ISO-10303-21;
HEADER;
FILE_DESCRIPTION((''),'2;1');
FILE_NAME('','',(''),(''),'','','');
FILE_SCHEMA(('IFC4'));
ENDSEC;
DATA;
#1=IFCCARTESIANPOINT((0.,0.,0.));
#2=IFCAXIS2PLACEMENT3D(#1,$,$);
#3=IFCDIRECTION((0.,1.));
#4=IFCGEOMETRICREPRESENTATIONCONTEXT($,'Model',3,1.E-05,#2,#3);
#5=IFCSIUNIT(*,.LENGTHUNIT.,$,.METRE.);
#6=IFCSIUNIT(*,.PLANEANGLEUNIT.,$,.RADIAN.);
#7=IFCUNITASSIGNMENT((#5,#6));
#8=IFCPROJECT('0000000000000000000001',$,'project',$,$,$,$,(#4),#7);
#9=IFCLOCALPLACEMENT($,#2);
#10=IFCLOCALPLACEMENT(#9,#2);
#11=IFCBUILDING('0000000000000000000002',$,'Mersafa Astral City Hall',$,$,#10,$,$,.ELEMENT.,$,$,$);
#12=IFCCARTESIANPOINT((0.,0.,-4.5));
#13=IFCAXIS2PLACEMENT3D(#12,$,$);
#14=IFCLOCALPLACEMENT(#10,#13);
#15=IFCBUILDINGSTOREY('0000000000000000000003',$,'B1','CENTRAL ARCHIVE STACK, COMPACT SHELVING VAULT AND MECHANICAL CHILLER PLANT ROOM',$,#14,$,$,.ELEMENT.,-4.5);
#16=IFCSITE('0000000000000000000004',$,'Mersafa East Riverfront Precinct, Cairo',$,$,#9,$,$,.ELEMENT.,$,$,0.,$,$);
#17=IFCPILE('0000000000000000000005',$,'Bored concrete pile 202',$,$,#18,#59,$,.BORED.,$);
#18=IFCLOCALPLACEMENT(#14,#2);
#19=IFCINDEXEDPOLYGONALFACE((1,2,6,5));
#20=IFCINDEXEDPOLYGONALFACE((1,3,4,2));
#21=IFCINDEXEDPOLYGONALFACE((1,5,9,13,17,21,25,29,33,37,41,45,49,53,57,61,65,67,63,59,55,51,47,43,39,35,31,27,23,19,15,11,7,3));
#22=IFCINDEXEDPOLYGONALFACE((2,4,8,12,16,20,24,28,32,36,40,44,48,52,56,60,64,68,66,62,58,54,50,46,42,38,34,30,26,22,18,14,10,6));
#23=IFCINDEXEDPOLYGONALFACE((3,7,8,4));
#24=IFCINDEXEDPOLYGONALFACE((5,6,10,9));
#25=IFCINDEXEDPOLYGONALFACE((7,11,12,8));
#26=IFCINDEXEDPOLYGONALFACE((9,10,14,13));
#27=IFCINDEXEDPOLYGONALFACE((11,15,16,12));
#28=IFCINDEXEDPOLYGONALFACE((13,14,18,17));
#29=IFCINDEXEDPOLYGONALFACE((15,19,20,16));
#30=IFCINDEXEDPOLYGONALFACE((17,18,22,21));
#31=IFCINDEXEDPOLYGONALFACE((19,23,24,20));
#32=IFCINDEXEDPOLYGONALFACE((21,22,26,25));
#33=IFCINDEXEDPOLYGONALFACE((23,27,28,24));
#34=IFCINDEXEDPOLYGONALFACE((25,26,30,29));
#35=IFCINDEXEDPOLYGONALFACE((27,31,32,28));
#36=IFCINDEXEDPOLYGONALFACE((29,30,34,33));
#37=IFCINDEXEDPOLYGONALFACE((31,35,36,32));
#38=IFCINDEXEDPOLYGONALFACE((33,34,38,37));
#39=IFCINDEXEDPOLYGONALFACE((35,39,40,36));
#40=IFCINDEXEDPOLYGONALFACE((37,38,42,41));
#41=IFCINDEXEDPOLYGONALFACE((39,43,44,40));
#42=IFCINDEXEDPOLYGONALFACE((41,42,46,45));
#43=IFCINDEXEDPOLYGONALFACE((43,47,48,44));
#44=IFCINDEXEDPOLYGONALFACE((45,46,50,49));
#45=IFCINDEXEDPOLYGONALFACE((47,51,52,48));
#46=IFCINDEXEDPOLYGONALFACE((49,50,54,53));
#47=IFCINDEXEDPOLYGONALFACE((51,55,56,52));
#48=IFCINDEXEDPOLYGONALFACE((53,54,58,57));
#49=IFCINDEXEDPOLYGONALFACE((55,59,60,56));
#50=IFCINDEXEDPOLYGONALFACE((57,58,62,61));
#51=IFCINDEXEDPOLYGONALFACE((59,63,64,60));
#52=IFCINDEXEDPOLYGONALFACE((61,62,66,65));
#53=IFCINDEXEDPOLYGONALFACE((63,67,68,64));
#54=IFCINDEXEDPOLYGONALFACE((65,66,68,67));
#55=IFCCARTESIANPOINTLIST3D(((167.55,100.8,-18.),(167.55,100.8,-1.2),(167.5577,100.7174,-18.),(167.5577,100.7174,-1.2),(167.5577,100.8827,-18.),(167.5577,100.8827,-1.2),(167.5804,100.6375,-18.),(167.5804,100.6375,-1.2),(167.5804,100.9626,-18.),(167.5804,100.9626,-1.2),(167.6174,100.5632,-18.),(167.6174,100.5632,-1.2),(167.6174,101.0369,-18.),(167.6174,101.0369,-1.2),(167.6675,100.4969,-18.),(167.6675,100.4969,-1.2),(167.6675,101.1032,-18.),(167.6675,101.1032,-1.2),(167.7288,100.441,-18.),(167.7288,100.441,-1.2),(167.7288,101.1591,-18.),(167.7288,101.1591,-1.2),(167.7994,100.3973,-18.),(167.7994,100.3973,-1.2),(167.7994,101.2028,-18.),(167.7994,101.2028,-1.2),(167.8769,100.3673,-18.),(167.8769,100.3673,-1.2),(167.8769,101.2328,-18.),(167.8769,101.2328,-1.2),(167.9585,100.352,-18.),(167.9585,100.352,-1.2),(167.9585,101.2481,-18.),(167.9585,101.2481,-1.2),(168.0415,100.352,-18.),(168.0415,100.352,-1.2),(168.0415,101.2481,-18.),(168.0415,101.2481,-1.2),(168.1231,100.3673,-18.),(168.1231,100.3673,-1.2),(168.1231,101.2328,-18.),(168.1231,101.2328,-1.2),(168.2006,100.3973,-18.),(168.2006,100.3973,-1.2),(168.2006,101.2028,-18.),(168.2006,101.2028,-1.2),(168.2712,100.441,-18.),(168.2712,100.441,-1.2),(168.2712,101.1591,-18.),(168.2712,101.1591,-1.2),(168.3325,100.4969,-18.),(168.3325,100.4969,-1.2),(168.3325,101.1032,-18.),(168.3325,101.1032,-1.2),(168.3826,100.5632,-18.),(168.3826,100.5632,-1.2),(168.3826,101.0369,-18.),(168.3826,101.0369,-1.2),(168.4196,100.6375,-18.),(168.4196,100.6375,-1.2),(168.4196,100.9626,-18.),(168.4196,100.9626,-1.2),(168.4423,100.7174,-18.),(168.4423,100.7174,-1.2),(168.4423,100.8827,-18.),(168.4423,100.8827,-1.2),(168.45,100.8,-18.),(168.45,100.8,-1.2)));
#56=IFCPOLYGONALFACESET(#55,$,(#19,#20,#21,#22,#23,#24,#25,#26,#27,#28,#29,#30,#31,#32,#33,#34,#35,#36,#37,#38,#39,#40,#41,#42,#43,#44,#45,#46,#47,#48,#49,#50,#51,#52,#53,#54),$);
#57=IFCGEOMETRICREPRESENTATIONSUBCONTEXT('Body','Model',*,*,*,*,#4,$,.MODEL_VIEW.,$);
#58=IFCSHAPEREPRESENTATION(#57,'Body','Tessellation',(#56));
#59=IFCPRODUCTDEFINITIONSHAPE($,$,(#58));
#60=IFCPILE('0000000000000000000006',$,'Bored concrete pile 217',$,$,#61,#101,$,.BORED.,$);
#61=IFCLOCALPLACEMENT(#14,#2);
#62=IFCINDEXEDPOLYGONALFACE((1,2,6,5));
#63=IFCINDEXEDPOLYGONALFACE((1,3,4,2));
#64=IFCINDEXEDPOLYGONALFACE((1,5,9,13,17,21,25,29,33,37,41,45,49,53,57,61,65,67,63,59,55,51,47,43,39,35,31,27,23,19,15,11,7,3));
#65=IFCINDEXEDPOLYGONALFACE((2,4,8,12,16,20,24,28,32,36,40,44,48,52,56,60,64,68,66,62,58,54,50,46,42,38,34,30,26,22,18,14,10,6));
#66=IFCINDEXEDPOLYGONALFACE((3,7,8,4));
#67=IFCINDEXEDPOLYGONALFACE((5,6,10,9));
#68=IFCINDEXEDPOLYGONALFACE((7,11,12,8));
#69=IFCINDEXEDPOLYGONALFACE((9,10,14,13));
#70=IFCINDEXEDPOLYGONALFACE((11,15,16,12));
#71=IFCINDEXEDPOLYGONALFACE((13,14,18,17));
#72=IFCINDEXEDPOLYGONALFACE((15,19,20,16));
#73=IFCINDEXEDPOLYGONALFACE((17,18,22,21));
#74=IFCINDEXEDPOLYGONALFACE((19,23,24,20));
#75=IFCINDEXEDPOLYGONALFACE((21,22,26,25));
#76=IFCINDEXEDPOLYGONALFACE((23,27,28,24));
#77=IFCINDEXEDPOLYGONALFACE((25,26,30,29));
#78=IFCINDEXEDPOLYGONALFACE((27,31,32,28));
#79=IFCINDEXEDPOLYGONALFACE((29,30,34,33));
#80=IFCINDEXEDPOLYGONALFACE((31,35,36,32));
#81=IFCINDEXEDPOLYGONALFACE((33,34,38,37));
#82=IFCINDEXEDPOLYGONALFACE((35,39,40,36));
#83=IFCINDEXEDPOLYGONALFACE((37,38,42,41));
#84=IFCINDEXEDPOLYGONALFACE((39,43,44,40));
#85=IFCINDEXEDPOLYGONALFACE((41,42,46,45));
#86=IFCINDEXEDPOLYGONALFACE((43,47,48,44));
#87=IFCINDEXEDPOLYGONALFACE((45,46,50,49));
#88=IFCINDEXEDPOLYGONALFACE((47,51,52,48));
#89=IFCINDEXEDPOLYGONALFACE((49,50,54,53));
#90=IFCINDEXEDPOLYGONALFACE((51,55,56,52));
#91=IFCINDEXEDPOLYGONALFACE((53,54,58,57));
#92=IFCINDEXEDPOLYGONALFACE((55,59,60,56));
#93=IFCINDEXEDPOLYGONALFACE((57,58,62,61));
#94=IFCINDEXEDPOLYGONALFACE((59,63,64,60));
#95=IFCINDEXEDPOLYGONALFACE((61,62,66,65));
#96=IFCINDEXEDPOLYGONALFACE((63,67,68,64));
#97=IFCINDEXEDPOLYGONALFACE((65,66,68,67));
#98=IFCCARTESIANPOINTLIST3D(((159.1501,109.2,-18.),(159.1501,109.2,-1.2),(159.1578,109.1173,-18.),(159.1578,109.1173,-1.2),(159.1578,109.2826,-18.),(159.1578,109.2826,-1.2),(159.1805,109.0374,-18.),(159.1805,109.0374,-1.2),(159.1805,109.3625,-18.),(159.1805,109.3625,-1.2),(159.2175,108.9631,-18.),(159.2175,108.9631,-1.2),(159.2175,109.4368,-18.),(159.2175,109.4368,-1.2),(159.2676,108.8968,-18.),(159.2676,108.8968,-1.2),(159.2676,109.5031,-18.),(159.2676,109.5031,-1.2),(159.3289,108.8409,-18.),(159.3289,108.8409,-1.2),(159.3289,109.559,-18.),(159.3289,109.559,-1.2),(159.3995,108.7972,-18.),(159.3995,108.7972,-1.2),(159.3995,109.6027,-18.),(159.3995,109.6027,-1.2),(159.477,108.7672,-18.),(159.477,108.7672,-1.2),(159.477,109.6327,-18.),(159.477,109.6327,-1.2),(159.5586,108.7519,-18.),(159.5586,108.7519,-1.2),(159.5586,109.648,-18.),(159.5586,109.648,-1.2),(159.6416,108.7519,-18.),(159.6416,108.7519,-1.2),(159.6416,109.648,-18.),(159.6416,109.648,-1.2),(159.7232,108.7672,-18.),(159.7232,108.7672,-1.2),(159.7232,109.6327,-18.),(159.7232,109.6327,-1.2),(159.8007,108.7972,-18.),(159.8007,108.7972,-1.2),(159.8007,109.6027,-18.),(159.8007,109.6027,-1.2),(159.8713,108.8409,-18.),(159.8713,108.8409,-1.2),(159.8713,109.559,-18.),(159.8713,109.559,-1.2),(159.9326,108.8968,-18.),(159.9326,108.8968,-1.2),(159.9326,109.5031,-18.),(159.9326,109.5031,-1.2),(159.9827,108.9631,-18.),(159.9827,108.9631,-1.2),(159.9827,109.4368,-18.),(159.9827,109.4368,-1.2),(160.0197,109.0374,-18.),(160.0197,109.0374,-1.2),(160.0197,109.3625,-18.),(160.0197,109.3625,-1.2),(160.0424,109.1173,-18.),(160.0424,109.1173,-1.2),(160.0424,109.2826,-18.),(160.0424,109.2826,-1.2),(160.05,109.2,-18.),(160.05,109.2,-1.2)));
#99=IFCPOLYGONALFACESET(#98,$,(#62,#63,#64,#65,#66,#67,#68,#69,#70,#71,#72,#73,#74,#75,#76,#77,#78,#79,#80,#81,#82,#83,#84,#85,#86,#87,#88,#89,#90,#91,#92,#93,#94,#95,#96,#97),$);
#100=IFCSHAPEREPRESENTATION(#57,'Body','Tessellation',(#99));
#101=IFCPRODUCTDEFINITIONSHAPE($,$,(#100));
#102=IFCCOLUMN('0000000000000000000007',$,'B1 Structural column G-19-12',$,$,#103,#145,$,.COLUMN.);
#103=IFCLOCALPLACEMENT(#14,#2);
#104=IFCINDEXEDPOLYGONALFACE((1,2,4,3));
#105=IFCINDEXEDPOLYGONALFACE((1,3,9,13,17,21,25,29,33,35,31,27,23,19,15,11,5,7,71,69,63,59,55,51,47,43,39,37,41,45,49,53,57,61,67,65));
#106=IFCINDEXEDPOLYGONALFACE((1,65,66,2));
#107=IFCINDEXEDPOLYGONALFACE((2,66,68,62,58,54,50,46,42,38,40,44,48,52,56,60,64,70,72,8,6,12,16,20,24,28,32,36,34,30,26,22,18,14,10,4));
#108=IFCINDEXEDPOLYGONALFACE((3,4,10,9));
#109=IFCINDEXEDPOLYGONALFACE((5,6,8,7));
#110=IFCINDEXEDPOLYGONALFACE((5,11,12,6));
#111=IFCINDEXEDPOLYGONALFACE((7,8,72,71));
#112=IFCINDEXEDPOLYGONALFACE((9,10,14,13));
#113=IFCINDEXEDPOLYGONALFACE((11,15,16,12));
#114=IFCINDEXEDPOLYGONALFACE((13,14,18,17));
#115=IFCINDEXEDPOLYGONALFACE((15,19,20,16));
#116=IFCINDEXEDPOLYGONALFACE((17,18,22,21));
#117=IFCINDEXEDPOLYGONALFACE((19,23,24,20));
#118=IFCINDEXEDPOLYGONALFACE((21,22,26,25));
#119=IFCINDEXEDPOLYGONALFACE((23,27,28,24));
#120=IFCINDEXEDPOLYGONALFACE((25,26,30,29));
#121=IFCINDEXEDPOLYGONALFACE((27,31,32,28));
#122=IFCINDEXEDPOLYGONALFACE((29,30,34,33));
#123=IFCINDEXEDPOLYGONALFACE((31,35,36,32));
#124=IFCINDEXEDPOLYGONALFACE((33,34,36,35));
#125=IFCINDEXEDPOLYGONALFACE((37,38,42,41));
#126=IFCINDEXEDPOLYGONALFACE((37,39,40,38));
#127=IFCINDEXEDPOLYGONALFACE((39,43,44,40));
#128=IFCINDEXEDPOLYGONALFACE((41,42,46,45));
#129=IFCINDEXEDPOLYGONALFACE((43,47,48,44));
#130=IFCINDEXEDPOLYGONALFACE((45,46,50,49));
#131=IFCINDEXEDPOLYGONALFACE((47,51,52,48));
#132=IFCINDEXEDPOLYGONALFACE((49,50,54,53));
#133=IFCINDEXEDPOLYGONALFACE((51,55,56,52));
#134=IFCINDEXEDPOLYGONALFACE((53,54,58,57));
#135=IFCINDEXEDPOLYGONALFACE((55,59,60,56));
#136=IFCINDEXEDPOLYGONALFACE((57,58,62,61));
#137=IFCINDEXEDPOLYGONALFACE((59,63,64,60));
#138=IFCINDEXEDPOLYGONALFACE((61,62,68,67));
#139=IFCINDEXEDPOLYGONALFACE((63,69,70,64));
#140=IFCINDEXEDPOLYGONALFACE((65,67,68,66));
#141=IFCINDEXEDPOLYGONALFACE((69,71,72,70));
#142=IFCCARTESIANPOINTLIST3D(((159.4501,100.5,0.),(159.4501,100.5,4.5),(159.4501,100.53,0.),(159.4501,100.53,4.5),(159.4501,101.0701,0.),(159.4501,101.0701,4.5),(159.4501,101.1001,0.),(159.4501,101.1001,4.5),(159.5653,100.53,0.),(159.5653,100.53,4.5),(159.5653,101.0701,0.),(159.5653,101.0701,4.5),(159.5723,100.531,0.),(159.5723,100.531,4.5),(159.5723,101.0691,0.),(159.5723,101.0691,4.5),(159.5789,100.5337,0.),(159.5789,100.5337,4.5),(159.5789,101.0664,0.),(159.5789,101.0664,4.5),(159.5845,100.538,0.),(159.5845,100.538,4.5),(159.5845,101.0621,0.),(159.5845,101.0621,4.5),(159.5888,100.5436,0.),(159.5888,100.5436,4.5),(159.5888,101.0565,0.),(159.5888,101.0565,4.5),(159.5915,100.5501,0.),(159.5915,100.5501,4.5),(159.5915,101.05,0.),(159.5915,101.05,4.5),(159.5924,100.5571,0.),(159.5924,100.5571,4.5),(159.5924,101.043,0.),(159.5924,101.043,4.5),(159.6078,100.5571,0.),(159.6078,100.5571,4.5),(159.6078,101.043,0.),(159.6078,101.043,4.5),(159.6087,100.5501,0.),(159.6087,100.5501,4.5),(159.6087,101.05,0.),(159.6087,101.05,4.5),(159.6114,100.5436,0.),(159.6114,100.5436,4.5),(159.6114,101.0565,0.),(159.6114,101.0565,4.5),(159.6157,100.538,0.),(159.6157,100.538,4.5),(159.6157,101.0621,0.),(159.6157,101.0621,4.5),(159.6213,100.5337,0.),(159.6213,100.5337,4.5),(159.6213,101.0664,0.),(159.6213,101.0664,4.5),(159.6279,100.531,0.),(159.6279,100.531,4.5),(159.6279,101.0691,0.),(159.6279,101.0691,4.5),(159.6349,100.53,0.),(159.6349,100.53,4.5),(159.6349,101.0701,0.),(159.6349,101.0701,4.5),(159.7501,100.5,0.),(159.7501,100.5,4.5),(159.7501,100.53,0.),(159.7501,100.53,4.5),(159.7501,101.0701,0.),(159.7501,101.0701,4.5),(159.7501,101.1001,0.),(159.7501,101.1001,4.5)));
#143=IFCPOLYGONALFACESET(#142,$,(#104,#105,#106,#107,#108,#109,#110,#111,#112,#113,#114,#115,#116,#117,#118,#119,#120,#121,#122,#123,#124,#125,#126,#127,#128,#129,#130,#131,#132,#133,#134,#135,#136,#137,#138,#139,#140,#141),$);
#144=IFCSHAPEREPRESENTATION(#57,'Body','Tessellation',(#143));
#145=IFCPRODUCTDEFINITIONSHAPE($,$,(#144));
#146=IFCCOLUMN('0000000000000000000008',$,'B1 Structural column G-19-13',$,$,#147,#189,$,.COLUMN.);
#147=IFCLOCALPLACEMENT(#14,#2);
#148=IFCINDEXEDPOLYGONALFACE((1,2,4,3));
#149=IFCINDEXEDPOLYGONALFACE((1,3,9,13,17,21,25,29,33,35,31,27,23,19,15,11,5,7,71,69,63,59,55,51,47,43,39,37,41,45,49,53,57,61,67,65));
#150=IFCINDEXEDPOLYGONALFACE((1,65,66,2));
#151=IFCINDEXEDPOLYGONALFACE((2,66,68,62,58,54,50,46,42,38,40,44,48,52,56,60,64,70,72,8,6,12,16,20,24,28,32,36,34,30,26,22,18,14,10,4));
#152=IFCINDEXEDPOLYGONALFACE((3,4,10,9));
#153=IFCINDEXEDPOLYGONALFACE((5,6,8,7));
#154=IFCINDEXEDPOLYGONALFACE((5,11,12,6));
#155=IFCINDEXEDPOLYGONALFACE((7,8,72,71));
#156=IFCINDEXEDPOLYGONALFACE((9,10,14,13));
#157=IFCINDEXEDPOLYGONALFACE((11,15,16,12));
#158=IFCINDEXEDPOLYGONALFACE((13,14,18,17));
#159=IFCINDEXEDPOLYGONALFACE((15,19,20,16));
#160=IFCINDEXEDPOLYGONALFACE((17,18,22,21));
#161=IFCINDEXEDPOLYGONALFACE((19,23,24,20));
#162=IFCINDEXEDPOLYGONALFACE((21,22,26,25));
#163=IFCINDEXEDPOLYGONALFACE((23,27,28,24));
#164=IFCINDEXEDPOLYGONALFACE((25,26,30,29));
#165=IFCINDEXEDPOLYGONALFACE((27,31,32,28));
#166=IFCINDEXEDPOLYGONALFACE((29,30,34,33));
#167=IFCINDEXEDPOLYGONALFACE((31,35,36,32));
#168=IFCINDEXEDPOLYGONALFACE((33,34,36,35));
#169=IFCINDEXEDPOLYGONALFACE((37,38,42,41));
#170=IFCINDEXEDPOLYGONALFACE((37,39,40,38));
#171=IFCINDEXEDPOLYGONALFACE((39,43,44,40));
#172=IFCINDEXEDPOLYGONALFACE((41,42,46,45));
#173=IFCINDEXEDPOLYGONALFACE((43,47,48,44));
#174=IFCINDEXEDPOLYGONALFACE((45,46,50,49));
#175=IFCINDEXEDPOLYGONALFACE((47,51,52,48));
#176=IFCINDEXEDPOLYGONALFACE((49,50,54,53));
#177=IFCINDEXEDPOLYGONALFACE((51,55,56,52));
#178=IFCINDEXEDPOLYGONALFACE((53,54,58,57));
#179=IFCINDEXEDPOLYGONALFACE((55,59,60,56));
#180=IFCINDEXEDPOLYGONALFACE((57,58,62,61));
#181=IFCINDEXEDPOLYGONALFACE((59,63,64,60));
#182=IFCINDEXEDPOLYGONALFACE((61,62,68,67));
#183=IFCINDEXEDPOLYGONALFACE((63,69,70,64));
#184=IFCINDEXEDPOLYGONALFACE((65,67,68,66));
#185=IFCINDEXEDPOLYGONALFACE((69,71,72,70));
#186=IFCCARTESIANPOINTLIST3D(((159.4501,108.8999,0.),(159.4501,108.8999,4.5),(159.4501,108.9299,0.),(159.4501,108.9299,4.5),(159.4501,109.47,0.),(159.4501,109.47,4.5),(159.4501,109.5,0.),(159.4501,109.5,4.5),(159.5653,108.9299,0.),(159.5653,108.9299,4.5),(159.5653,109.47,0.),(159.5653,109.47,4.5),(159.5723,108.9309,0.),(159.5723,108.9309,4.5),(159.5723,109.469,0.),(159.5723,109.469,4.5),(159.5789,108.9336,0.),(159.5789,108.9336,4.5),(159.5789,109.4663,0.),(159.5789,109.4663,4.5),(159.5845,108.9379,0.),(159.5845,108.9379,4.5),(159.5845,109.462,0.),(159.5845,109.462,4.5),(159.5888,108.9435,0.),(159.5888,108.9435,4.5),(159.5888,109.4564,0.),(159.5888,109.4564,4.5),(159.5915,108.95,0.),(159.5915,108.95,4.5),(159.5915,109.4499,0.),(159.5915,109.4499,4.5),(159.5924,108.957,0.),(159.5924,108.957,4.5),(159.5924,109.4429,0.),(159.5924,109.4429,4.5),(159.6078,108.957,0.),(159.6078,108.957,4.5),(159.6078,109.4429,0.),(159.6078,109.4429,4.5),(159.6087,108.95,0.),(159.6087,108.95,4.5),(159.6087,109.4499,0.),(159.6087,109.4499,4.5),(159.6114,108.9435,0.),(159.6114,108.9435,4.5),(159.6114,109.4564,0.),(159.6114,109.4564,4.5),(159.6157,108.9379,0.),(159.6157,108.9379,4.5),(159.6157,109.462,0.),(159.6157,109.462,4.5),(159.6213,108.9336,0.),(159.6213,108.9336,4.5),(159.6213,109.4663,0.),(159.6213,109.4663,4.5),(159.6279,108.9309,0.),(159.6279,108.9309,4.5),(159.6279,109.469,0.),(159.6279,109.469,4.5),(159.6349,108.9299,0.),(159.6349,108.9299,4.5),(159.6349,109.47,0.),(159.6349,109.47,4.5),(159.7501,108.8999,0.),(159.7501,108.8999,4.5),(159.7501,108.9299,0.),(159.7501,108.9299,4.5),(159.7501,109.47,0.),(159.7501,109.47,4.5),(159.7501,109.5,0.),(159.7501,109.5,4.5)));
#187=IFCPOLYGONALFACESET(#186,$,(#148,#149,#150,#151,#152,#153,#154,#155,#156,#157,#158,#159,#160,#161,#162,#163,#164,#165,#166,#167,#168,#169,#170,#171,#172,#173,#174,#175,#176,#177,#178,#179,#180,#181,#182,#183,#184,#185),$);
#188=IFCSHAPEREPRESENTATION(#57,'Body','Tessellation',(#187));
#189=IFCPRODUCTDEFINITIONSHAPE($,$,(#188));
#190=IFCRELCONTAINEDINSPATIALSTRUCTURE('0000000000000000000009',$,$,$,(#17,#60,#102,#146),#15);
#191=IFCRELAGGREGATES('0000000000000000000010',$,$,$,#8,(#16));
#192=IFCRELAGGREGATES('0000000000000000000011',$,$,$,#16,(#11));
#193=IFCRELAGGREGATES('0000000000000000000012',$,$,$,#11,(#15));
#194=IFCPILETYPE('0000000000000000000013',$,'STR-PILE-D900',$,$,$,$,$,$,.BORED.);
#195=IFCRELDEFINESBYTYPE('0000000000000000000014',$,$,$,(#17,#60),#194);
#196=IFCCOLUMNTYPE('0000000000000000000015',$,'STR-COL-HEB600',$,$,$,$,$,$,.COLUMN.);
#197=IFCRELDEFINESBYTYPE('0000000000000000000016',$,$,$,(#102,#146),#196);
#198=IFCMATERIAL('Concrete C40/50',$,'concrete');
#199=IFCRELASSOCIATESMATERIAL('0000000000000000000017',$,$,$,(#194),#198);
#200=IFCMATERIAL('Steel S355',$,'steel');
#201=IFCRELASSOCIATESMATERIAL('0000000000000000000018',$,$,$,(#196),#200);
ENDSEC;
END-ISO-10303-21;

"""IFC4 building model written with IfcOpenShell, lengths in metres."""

from ifc_helpers import new_model, si_unit, direction, frame, origin, origin_2d, place, context, subcontext, project, spatial, circle, i_section, extrude, material, material_profile, profile_set, type_object, element, save


model = new_model("IFC4")

# Units and contexts
model_context = context("Model", 3, precision=1e-05, world=origin(), true_north=direction((0.0, 1.0)))
body_context = subcontext(model_context, "Body", "Model", "MODEL_VIEW")
ifc_project = project(units=[si_unit("LENGTHUNIT", "METRE"), si_unit("PLANEANGLEUNIT", "RADIAN")], contexts=[model_context])

# Site, building, storey
site_placement = place(None, origin())
site = spatial("IfcSite", under=ifc_project, at=site_placement, Name="Mersafa East Riverfront Precinct, Cairo", CompositionType="ELEMENT", RefElevation=0.0)
building_placement = place(site_placement, origin())
building = spatial("IfcBuilding", under=site, at=building_placement, Name="Mersafa Astral City Hall", CompositionType="ELEMENT")
storey_placement = place(building_placement, frame((0.0, 0.0, -4.5)))
storey = spatial("IfcBuildingStorey", under=building, at=storey_placement, Name="B1", Description="CENTRAL ARCHIVE STACK, COMPACT SHELVING VAULT AND MECHANICAL CHILLER PLANT ROOM", CompositionType="ELEMENT", Elevation=-4.5)

# Shared definitions
ifc_material_1 = material(Name="Concrete C40/50", Category="concrete")

# Piles
ifc_material_profile_1 = material_profile(ifc_material_1, circle(Radius=0.45, at=origin_2d()), Name="PILE D900")
ifc_profile_set_1 = profile_set([ifc_material_profile_1], Name="Concrete C40/50")
pile_type = type_object("IfcPileType", Name="STR-PILE-D900", PredefinedType="BORED", material=ifc_profile_set_1)
for number, where, z_axis, x_axis, name in (
    (1, (168.0, 100.8, -1.2), (0.0, 0.0, -1.0), (1.0, 0.0, 0.0), "Bored concrete pile 202"),
    (2, (159.6001, 109.2, -1.2), (0.0, 0.0, -1.0), (1.0, 0.0, 0.0), "Bored concrete pile 217"),
):
    element("IfcPile", number, at=place(storey_placement, frame(where, z_axis=z_axis, x_axis=x_axis)), inside=storey, type_object=pile_type, Name=name, PredefinedType="BORED", context=body_context, shape_type="SweptSolid", body=[
        extrude(circle(Radius=0.45, at=origin_2d()), origin(), (0.0, 0.0, 1.0), 16.8),
    ])

# Columns
ifc_material_2 = material(Name="Steel S355", Category="steel")
ifc_material_profile_2 = material_profile(ifc_material_2, i_section(OverallWidth=0.3, OverallDepth=0.6001, WebThickness=0.0154, FlangeThickness=0.03, FilletRadius=0.0271, at=origin_2d()), Name="HEB 600")
ifc_profile_set_2 = profile_set([ifc_material_profile_2], Name="Steel S355")
column_type = type_object("IfcColumnType", Name="STR-COL-HEB600", PredefinedType="COLUMN", material=ifc_profile_set_2)
for number, where, z_axis, x_axis, name in (
    (3, (159.6001, 100.8, 0.0), (0.0, 0.0, 1.0), (1.0, 0.0, 0.0), "B1 Structural column G-19-12"),
    (4, (159.6001, 109.2, 0.0), (0.0, 0.0, 1.0), (1.0, 0.0, 0.0), "B1 Structural column G-19-13"),
):
    element("IfcColumn", number, at=place(storey_placement, frame(where, z_axis=z_axis, x_axis=x_axis)), inside=storey, type_object=column_type, Name=name, PredefinedType="COLUMN", context=body_context, shape_type="SweptSolid", body=[
        extrude(i_section(OverallWidth=0.3, OverallDepth=0.6001, WebThickness=0.0154, FlangeThickness=0.03, FilletRadius=0.0271, at=origin_2d()), origin(), (0.0, 0.0, 1.0), 4.5),
    ])

save(model, "model.ifc")
